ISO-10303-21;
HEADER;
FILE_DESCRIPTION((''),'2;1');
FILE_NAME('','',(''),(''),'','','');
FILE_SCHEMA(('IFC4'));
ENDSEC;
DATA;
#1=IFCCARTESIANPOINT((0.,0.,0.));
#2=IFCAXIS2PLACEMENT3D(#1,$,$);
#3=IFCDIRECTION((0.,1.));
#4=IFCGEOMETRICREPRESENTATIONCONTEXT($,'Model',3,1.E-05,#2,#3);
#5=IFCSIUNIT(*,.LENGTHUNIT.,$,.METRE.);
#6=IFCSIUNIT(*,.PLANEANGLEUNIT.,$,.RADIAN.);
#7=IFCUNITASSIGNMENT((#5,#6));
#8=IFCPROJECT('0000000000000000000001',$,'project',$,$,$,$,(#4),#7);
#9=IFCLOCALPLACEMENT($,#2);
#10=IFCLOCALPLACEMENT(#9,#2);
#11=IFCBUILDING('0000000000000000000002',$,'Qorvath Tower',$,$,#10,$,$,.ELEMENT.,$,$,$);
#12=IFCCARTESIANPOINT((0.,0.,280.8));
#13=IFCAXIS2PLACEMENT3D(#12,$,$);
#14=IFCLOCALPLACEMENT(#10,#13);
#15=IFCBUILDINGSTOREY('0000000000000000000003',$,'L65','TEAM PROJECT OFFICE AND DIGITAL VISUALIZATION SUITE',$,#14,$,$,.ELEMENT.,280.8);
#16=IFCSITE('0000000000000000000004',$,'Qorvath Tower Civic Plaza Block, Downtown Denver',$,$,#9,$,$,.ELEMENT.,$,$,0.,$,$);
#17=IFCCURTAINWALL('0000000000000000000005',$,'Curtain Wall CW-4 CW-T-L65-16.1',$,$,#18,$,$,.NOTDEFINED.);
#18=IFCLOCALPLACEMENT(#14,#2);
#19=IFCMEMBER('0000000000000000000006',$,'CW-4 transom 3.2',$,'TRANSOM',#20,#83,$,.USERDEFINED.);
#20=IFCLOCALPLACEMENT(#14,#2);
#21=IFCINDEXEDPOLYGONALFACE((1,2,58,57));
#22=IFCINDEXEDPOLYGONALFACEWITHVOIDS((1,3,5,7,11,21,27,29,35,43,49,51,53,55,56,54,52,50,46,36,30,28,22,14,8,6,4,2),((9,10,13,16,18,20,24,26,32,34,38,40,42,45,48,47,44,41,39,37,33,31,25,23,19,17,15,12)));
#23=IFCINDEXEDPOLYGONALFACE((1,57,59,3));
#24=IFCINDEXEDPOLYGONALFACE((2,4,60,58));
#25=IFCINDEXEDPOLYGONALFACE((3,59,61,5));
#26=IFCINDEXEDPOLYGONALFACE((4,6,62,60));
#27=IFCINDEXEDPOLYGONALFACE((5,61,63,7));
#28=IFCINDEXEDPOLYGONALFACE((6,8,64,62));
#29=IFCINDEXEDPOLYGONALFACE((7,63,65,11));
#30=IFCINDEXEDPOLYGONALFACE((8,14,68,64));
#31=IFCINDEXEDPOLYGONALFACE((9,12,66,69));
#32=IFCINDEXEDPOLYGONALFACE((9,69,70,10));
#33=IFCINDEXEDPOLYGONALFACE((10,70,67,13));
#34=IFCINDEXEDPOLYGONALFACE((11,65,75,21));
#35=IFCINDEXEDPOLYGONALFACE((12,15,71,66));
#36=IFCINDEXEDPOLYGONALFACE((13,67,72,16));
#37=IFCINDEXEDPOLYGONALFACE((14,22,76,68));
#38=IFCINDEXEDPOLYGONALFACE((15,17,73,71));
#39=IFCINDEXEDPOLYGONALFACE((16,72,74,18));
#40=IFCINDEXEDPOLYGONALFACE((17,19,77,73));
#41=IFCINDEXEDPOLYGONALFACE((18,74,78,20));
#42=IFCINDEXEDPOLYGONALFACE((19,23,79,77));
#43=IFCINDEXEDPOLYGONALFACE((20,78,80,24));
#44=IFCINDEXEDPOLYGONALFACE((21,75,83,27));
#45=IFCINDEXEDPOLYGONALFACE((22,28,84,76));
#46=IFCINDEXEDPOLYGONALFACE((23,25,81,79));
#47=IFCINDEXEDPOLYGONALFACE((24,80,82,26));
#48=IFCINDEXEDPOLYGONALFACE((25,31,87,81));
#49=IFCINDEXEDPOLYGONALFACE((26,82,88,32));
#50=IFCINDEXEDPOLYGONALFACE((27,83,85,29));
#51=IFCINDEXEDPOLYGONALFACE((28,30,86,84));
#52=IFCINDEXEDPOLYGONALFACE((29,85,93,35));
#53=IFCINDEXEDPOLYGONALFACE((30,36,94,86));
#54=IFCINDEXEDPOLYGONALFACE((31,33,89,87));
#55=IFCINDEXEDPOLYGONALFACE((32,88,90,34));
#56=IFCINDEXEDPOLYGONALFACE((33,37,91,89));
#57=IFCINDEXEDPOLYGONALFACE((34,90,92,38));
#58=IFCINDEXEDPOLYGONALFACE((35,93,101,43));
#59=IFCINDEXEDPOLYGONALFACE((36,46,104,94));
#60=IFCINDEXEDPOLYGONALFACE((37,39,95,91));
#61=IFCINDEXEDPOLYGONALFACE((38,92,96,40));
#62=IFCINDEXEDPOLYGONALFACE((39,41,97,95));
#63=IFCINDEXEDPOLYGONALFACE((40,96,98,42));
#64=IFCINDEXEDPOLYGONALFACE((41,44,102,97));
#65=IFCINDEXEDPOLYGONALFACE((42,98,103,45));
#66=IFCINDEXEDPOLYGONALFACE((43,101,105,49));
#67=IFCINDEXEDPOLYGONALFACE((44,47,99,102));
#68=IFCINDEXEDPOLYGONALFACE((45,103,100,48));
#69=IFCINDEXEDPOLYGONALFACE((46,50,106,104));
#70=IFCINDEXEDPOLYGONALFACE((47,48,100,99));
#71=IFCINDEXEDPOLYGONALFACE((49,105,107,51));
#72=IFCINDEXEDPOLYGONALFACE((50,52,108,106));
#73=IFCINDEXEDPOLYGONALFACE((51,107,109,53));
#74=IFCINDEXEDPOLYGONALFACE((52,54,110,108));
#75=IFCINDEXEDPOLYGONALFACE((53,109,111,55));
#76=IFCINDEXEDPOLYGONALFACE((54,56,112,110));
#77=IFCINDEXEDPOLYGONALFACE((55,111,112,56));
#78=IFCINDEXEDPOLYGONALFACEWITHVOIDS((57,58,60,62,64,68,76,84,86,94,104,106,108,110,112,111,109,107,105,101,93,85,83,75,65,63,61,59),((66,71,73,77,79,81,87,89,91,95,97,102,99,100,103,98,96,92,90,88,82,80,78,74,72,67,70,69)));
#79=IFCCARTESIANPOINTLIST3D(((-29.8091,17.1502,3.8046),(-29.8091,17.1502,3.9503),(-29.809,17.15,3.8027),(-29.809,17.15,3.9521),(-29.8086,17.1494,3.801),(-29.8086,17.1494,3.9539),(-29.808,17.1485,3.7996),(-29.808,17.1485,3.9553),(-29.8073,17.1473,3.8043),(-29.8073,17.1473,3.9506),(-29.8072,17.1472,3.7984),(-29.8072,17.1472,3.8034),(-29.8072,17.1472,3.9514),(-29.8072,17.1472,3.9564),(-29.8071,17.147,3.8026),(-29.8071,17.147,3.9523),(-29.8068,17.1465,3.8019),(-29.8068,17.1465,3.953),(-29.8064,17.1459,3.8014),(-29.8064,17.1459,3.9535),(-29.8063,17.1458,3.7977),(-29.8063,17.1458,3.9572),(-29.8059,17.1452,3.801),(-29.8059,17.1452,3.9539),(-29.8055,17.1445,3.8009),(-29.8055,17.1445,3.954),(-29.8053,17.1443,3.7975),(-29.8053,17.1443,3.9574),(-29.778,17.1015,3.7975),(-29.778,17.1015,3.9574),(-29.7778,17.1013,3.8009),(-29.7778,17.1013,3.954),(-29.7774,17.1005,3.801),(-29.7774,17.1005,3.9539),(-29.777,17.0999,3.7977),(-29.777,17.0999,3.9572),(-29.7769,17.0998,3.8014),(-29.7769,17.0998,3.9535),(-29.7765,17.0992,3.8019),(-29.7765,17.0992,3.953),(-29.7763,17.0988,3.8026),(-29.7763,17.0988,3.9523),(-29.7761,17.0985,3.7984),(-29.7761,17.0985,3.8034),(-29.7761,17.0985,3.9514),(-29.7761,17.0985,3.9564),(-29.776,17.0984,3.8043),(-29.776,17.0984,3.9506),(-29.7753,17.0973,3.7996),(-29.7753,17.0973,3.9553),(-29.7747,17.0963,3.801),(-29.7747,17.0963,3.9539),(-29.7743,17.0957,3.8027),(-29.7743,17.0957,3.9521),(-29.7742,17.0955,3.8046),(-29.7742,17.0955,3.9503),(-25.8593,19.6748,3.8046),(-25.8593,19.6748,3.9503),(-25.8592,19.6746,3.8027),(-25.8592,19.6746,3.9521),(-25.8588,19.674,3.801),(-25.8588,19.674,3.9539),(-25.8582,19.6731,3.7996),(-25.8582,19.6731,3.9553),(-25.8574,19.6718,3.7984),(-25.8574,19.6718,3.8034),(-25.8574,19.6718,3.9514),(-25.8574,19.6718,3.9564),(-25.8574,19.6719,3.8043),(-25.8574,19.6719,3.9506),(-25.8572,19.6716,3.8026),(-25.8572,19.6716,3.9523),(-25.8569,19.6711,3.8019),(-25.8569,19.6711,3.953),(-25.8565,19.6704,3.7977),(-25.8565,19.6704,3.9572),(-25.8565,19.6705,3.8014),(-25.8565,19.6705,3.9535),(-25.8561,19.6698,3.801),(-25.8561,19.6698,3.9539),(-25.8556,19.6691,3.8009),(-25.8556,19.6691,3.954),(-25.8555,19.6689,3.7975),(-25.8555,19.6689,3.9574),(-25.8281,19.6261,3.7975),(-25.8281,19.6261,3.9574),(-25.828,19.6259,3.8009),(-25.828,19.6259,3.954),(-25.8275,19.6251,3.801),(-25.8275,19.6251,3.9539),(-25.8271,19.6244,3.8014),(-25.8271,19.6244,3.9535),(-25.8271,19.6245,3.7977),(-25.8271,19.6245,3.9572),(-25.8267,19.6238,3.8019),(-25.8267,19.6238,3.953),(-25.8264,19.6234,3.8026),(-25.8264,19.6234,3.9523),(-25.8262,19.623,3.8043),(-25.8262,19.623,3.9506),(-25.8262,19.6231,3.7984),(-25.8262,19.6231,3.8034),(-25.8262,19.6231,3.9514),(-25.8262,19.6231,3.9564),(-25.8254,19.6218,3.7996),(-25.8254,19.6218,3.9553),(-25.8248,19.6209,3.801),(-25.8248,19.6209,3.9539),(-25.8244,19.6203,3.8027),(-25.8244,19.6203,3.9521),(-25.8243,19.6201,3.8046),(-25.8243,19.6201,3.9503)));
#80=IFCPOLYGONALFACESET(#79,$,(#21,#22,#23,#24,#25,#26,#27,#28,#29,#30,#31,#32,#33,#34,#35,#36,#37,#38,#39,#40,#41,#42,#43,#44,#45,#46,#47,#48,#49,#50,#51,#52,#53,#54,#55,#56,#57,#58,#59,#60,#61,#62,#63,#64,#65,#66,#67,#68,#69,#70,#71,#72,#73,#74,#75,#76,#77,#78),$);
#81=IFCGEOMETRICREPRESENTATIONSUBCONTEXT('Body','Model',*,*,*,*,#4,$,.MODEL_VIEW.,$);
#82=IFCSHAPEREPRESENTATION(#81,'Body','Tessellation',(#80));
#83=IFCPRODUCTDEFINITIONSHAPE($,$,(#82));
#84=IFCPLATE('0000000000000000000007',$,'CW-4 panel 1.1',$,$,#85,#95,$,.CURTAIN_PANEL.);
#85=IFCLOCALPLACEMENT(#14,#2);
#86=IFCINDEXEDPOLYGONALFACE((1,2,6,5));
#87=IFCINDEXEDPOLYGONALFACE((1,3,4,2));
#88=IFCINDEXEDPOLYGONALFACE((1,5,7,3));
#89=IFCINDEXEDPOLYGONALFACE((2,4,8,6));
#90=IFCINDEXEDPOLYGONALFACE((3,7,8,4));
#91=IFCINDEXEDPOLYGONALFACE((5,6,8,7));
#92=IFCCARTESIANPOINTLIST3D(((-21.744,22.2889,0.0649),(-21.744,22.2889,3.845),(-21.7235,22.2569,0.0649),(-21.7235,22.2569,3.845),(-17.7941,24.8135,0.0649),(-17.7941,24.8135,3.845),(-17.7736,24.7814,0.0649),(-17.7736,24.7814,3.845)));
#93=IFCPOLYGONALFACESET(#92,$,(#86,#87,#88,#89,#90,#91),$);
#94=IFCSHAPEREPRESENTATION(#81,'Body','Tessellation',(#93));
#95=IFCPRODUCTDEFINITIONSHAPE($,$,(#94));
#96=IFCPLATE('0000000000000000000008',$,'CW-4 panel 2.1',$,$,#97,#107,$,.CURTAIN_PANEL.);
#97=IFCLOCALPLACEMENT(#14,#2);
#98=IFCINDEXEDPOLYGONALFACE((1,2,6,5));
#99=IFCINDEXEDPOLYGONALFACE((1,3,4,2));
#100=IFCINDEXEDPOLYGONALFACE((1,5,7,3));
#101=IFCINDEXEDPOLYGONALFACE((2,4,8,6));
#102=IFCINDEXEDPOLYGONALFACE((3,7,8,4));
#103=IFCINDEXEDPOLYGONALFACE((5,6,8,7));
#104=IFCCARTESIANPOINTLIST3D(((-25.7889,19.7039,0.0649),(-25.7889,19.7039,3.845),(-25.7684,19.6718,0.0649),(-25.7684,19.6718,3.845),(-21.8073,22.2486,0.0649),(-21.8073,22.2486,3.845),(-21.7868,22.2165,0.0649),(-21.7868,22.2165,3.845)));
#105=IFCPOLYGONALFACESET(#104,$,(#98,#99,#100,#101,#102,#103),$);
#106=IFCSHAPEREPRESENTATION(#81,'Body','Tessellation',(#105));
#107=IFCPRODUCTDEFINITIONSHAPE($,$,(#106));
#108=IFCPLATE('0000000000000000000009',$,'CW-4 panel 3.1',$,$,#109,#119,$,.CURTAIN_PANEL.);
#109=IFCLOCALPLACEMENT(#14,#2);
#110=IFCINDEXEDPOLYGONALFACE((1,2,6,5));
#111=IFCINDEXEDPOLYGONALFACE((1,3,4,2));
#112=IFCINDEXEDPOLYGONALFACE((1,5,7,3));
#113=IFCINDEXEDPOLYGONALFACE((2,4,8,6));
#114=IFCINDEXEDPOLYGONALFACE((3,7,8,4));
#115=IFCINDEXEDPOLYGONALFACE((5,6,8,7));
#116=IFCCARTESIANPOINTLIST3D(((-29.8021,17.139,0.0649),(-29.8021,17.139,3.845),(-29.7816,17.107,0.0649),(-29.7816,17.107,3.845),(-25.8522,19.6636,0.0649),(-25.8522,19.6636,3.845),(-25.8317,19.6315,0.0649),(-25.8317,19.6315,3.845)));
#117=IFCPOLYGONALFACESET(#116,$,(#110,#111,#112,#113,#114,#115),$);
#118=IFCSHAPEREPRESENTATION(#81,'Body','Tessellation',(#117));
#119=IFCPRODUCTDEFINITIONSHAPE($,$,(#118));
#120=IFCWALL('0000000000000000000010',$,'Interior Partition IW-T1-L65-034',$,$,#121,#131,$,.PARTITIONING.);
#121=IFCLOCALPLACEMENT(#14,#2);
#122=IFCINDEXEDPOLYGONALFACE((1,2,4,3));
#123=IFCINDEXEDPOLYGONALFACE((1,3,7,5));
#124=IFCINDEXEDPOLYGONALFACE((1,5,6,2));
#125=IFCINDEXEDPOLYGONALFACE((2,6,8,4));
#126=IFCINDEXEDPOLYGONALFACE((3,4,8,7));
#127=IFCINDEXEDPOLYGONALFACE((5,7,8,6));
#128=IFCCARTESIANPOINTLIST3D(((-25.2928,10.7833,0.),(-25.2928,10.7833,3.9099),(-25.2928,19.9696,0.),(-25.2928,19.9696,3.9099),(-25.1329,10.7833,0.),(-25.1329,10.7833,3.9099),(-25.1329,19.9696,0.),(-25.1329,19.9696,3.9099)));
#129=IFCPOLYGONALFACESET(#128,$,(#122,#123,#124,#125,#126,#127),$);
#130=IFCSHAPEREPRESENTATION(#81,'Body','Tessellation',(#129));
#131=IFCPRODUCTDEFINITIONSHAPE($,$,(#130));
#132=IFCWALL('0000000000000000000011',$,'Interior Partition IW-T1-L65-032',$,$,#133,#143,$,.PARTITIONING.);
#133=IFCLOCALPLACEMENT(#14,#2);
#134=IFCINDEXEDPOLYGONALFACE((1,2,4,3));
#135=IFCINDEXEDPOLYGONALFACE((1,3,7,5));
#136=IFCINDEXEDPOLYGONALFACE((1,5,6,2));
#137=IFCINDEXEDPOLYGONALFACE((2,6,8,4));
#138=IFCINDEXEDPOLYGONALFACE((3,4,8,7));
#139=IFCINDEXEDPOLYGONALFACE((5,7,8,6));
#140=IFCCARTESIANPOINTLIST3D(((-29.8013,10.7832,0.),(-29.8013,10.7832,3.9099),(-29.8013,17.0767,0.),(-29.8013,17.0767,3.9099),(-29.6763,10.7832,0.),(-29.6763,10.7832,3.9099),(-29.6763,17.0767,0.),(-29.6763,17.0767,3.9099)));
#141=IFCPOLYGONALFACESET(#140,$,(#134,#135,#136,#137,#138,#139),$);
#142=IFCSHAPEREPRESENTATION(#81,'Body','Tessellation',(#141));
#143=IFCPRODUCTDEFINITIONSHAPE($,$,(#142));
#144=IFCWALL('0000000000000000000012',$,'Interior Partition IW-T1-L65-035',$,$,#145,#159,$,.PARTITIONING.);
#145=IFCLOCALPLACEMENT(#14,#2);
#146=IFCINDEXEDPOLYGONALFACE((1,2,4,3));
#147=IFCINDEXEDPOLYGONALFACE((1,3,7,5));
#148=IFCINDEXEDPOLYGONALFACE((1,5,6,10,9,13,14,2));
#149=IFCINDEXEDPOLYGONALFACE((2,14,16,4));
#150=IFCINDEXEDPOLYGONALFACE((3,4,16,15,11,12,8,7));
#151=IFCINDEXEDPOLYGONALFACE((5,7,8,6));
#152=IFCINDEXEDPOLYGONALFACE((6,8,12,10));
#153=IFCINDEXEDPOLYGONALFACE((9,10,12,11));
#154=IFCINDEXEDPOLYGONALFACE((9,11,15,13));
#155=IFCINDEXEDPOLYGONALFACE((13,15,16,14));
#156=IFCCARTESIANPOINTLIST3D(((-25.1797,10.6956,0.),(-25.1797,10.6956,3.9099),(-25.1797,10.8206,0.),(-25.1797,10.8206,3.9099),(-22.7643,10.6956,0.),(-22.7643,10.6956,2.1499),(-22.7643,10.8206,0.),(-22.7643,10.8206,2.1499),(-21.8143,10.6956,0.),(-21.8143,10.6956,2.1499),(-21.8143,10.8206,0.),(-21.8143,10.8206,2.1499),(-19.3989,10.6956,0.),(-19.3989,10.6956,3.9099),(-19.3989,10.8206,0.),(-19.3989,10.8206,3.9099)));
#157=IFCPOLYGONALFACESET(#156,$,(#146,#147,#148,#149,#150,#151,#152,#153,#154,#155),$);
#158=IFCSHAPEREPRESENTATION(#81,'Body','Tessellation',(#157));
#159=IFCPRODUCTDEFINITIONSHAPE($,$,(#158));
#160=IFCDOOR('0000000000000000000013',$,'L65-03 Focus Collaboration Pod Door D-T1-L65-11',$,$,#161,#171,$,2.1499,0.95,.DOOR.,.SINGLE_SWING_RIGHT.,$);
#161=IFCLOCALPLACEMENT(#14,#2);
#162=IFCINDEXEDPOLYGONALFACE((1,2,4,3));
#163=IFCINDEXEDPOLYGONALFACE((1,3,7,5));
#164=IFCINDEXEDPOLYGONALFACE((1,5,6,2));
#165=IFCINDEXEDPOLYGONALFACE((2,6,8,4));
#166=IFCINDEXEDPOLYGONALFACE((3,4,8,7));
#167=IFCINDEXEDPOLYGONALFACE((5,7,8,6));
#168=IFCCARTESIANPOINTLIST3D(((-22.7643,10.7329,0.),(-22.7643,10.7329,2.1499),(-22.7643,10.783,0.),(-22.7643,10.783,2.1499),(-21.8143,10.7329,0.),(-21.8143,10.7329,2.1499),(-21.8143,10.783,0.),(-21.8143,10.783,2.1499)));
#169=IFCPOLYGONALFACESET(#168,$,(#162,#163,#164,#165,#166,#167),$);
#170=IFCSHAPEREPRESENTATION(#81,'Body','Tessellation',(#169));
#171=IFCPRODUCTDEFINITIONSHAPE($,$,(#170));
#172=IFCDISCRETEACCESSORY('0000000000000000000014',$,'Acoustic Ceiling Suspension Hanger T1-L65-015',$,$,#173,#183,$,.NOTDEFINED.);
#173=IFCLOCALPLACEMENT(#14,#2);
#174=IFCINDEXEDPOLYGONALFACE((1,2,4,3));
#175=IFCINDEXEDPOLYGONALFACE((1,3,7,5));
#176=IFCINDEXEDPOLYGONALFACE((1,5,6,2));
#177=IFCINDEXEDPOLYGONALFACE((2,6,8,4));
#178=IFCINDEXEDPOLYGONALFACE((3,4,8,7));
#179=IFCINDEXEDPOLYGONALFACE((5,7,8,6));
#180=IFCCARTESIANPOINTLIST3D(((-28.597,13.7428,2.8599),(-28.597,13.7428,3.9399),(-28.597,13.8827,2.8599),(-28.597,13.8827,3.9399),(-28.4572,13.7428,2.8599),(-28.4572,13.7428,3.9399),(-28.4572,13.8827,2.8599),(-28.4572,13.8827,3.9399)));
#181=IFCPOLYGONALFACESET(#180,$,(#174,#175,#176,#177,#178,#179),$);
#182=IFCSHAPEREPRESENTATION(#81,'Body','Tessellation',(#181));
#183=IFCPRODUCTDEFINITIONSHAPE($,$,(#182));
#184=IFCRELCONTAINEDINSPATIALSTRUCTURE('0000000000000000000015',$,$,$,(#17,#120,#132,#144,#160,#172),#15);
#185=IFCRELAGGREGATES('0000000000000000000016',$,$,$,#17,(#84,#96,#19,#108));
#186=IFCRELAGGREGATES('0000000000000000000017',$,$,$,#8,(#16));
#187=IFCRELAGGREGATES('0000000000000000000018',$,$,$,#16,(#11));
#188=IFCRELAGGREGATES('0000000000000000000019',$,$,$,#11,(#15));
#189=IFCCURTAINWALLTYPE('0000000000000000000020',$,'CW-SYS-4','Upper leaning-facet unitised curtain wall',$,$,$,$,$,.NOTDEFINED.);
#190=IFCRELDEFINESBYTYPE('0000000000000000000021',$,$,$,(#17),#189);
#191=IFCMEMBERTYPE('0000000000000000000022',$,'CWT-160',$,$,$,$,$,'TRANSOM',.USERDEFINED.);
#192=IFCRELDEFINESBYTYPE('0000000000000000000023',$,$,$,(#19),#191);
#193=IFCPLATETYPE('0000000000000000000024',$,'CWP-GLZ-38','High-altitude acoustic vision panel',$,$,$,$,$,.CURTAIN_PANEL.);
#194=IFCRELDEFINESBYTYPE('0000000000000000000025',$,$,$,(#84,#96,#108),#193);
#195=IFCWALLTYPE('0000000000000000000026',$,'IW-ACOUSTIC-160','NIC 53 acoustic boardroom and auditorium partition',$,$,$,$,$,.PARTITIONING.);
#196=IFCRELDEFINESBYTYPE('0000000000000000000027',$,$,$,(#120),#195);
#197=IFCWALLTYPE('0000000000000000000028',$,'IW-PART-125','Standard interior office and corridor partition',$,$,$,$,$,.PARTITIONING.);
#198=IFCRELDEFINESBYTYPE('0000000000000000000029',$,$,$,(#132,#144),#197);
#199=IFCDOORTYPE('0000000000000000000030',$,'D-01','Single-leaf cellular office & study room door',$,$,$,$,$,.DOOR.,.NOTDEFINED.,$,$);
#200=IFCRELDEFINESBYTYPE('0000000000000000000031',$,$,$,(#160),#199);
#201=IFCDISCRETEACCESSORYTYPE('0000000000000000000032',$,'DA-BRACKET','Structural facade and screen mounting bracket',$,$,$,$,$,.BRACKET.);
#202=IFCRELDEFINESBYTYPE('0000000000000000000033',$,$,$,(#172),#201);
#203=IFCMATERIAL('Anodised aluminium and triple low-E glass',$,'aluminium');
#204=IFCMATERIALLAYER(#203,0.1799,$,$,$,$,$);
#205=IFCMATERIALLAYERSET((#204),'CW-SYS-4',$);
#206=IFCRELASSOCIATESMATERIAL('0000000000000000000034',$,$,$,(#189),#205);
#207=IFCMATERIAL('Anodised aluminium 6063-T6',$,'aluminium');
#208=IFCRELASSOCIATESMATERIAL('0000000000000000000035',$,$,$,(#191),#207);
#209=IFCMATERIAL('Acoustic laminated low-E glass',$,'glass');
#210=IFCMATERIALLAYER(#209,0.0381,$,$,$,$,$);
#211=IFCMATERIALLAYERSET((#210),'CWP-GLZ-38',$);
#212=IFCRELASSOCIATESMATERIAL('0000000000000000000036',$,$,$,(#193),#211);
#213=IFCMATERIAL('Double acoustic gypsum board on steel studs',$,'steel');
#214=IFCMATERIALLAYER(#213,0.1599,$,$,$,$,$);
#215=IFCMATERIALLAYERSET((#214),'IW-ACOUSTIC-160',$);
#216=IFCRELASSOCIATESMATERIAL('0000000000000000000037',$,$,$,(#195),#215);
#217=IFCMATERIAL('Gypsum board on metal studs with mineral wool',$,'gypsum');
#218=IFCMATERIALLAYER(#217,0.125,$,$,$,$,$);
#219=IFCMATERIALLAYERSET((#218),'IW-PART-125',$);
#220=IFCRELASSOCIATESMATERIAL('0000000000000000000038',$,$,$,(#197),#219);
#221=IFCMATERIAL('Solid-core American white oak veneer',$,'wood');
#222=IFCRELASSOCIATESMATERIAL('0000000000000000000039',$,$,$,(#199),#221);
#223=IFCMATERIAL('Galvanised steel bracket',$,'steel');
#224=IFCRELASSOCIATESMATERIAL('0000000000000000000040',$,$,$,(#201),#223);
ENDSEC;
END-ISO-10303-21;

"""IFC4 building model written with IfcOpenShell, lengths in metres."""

from ifc_helpers import new_model, si_unit, direction, frame, frame_2d, origin, origin_2d, place, context, subcontext, project, spatial, rectangle, hollow_rectangle, extrude, material, layer, layer_set, material_profile, profile_set, type_object, element, fill, aggregate, save


model = new_model("IFC4")

# Units and contexts
model_context = context("Model", 3, precision=1e-05, world=origin(), true_north=direction((0.0, 1.0)))
body_context = subcontext(model_context, "Body", "Model", "MODEL_VIEW")
ifc_project = project(units=[si_unit("LENGTHUNIT", "METRE"), si_unit("PLANEANGLEUNIT", "RADIAN")], contexts=[model_context])

# Site, building, storey
site_placement = place(None, origin())
site = spatial("IfcSite", under=ifc_project, at=site_placement, Name="Qorvath Tower Civic Plaza Block, Downtown Denver", CompositionType="ELEMENT", RefElevation=0.0)
building_placement = place(site_placement, origin())
building = spatial("IfcBuilding", under=site, at=building_placement, Name="Qorvath Tower", CompositionType="ELEMENT")
storey_placement = place(building_placement, frame((0.0, 0.0, 280.8)))
storey = spatial("IfcBuildingStorey", under=building, at=storey_placement, Name="L65", Description="TEAM PROJECT OFFICE AND DIGITAL VISUALIZATION SUITE", CompositionType="ELEMENT", Elevation=280.8)

# Curtain wall, member, plates
ifc_material_1 = material(Name="Anodised aluminium and triple low-E glass", Category="aluminium")
ifc_layer_1 = layer(ifc_material_1, 0.1799)
ifc_layer_set_1 = layer_set([ifc_layer_1], Name="CW-SYS-4")
curtain_wall_type = type_object("IfcCurtainWallType", Name="CW-SYS-4", Description="Upper leaning-facet unitised curtain wall", PredefinedType="NOTDEFINED", material=ifc_layer_set_1)
curtain_wall_placement = place(storey_placement, origin())
curtain_wall = element("IfcCurtainWall", 1, at=curtain_wall_placement, inside=storey, type_object=curtain_wall_type, Name="Curtain Wall CW-4 CW-T-L65-16.1", PredefinedType="NOTDEFINED")
ifc_material_2 = material(Name="Anodised aluminium 6063-T6", Category="aluminium")
ifc_material_profile_1 = material_profile(ifc_material_2, hollow_rectangle(XDim=0.0649, YDim=0.1599, WallThickness=0.0034, InnerFilletRadius=0.0034, OuterFilletRadius=0.0071, at=origin_2d()), Name="CWT 160x65")
ifc_profile_set_1 = profile_set([ifc_material_profile_1], Name="Anodised aluminium 6063-T6")
member_type_1 = type_object("IfcMemberType", Name="CWT-160", ElementType="TRANSOM", PredefinedType="USERDEFINED", material=ifc_profile_set_1)
member_1_placement = place(storey_placement, frame((-25.8418, 19.6475, 3.8774), z_axis=(-0.842592, -0.538553, 0.0), x_axis=(0.538553, -0.842592, 0.0)))
member_1 = element("IfcMember", 2, at=member_1_placement, type_object=member_type_1, Name="CW-4 transom 3.2", ObjectType="TRANSOM", PredefinedType="USERDEFINED", context=body_context, shape_type="SweptSolid", body=[
    extrude(hollow_rectangle(XDim=0.0649, YDim=0.1599, WallThickness=0.0034, InnerFilletRadius=0.0034, OuterFilletRadius=0.0071, at=origin_2d()), origin(), (0.0, 0.0, 1.0), 4.6877),
])
ifc_material_3 = material(Name="Acoustic laminated low-E glass", Category="glass")
ifc_layer_2 = layer(ifc_material_3, 0.0381)
ifc_layer_set_2 = layer_set([ifc_layer_2], Name="CWP-GLZ-38")
plate_type = type_object("IfcPlateType", Name="CWP-GLZ-38", Description="High-altitude acoustic vision panel", PredefinedType="CURTAIN_PANEL", material=ifc_layer_set_2)
plate_1_placement = place(storey_placement, frame((-19.7588, 23.5352, 0.0649), z_axis=(0.0, 0.0, 1.0), x_axis=(-0.842604, -0.538534, 0.0)))
plate_1 = element("IfcPlate", 3, at=plate_1_placement, type_object=plate_type, Name="CW-4 panel 1.1", PredefinedType="CURTAIN_PANEL", context=body_context, shape_type="SweptSolid", body=[
    extrude(rectangle(XDim=4.6877, YDim=0.0381, at=origin_2d()), origin(), (0.0, 0.0, 1.0), 3.78),
])
plate_2_placement = place(storey_placement, frame((-23.7878, 20.9602, 0.0649), z_axis=(0.0, 0.0, 1.0), x_axis=(-0.842604, -0.538534, 0.0)))
plate_2 = element("IfcPlate", 4, at=plate_2_placement, type_object=plate_type, Name="CW-4 panel 2.1", PredefinedType="CURTAIN_PANEL", context=body_context, shape_type="SweptSolid", body=[
    extrude(rectangle(XDim=4.7253, YDim=0.0381, at=origin_2d()), origin(), (0.0, 0.0, 1.0), 3.78),
])
plate_3_placement = place(storey_placement, frame((-27.8169, 18.3853, 0.0649), z_axis=(0.0, 0.0, 1.0), x_axis=(-0.842604, -0.538534, 0.0)))
plate_3 = element("IfcPlate", 5, at=plate_3_placement, type_object=plate_type, Name="CW-4 panel 3.1", PredefinedType="CURTAIN_PANEL", context=body_context, shape_type="SweptSolid", body=[
    extrude(rectangle(XDim=4.6877, YDim=0.0381, at=origin_2d()), origin(), (0.0, 0.0, 1.0), 3.78),
])
aggregate(curtain_wall, [plate_1, plate_2, member_1, plate_3])

# Shared definitions
ifc_material_4 = material(Name="Double acoustic gypsum board on steel studs", Category="steel")
ifc_layer_3 = layer(ifc_material_4, 0.1599)
ifc_layer_set_3 = layer_set([ifc_layer_3], Name="IW-ACOUSTIC-160")
wall_type_1 = type_object("IfcWallType", Name="IW-ACOUSTIC-160", Description="NIC 53 acoustic boardroom and auditorium partition", PredefinedType="PARTITIONING", material=ifc_layer_set_3)

# Walls
wall_1_placement = place(storey_placement, frame((-25.2129, 10.7832, 0.0), z_axis=(0.0, 0.0, 1.0), x_axis=(0.0, 1.0, 0.0)))
element("IfcWall", 6, at=wall_1_placement, inside=storey, type_object=wall_type_1, Name="Interior Partition IW-T1-L65-034", PredefinedType="PARTITIONING", context=body_context, shape_type="SweptSolid", body=[
    extrude(rectangle(XDim=9.1863, YDim=0.1599, at=frame_2d((4.5933, 0.0))), origin(), (0.0, 0.0, 1.0), 3.9099),
])
ifc_material_5 = material(Name="Gypsum board on metal studs with mineral wool", Category="gypsum")
ifc_layer_4 = layer(ifc_material_5, 0.125)
ifc_layer_set_4 = layer_set([ifc_layer_4], Name="IW-PART-125")
wall_type_2 = type_object("IfcWallType", Name="IW-PART-125", Description="Standard interior office and corridor partition", PredefinedType="PARTITIONING", material=ifc_layer_set_4)
wall_2_placement = place(storey_placement, frame((-29.7388, 10.7832, 0.0), z_axis=(0.0, 0.0, 1.0), x_axis=(0.0, 1.0, 0.0)))
element("IfcWall", 7, at=wall_2_placement, inside=storey, type_object=wall_type_2, Name="Interior Partition IW-T1-L65-032", PredefinedType="PARTITIONING", context=body_context, shape_type="SweptSolid", body=[
    extrude(rectangle(XDim=6.2935, YDim=0.125, at=frame_2d((3.1467, 0.0))), origin(), (0.0, 0.0, 1.0), 3.9099),
])

# Wall, opening, door
wall_3_placement = place(storey_placement, frame((-25.1797, 10.7581, 0.0), z_axis=(0.0, 0.0, 1.0), x_axis=(1.0, 0.0, 0.0)))
wall_3 = element("IfcWall", 8, at=wall_3_placement, inside=storey, type_object=wall_type_2, Name="Interior Partition IW-T1-L65-035", PredefinedType="PARTITIONING", context=body_context, shape_type="SweptSolid", body=[
    extrude(rectangle(XDim=5.7808, YDim=0.125, at=frame_2d((2.8904, 0.0))), origin(), (0.0, 0.0, 1.0), 3.9099),
])
opening_1_placement = place(wall_3_placement, frame((2.4153, 0.0, 0.0)))
opening_1 = element("IfcOpeningElement", 9, at=opening_1_placement, cuts=wall_3, PredefinedType="OPENING", context=body_context, shape_type="SweptSolid", body=[
    extrude(rectangle(XDim=0.95, YDim=2.1499, at=frame_2d((0.4751, 1.075))), frame((0.0, 0.0725, 0.0), z_axis=(0.0, -1.0, 0.0), x_axis=(1.0, 0.0, 0.0)), (0.0, 0.0, 1.0), 0.145),
])
ifc_material_6 = material(Name="Solid-core American white oak veneer", Category="wood")
door_type_1 = type_object("IfcDoorType", Name="D-01", Description="Single-leaf cellular office & study room door", OperationType="NOTDEFINED", PredefinedType="DOOR", material=ifc_material_6)
door_1_placement = place(opening_1_placement, origin())
door_1 = element("IfcDoor", 10, at=door_1_placement, inside=storey, type_object=door_type_1, Name="L65-03 Focus Collaboration Pod Door D-T1-L65-11", OperationType="SINGLE_SWING_RIGHT", OverallHeight=2.1499, OverallWidth=0.95, PredefinedType="DOOR", context=body_context, shape_type="SweptSolid", body=[
    extrude(rectangle(XDim=0.95, YDim=2.1499, at=frame_2d((0.4751, 1.075))), frame((0.0, 0.0249, 0.0), z_axis=(0.0, -1.0, 0.0), x_axis=(1.0, 0.0, 0.0)), (0.0, 0.0, 1.0), 0.05),
])
fill(opening_1, door_1)

# Discrete accessory
ifc_material_7 = material(Name="Galvanised steel bracket", Category="steel")
discrete_accessory_type = type_object("IfcDiscreteAccessoryType", Name="DA-BRACKET", Description="Structural facade and screen mounting bracket", PredefinedType="BRACKET", material=ifc_material_7)
for number, where, z_axis, x_axis, name in (
    (11, (-28.5271, 13.8127, 2.8599), (0.0, 0.0, 1.0), (1.0, 0.0, 0.0), "Acoustic Ceiling Suspension Hanger T1-L65-015"),
):
    element("IfcDiscreteAccessory", number, at=place(storey_placement, frame(where, z_axis=z_axis, x_axis=x_axis)), inside=storey, type_object=discrete_accessory_type, Name=name, PredefinedType="NOTDEFINED", context=body_context, shape_type="SweptSolid", body=[
        extrude(rectangle(XDim=0.1399, YDim=0.1399, at=origin_2d()), origin(), (0.0, 0.0, 1.0), 1.0801),
    ])

save(model, "model.ifc")
